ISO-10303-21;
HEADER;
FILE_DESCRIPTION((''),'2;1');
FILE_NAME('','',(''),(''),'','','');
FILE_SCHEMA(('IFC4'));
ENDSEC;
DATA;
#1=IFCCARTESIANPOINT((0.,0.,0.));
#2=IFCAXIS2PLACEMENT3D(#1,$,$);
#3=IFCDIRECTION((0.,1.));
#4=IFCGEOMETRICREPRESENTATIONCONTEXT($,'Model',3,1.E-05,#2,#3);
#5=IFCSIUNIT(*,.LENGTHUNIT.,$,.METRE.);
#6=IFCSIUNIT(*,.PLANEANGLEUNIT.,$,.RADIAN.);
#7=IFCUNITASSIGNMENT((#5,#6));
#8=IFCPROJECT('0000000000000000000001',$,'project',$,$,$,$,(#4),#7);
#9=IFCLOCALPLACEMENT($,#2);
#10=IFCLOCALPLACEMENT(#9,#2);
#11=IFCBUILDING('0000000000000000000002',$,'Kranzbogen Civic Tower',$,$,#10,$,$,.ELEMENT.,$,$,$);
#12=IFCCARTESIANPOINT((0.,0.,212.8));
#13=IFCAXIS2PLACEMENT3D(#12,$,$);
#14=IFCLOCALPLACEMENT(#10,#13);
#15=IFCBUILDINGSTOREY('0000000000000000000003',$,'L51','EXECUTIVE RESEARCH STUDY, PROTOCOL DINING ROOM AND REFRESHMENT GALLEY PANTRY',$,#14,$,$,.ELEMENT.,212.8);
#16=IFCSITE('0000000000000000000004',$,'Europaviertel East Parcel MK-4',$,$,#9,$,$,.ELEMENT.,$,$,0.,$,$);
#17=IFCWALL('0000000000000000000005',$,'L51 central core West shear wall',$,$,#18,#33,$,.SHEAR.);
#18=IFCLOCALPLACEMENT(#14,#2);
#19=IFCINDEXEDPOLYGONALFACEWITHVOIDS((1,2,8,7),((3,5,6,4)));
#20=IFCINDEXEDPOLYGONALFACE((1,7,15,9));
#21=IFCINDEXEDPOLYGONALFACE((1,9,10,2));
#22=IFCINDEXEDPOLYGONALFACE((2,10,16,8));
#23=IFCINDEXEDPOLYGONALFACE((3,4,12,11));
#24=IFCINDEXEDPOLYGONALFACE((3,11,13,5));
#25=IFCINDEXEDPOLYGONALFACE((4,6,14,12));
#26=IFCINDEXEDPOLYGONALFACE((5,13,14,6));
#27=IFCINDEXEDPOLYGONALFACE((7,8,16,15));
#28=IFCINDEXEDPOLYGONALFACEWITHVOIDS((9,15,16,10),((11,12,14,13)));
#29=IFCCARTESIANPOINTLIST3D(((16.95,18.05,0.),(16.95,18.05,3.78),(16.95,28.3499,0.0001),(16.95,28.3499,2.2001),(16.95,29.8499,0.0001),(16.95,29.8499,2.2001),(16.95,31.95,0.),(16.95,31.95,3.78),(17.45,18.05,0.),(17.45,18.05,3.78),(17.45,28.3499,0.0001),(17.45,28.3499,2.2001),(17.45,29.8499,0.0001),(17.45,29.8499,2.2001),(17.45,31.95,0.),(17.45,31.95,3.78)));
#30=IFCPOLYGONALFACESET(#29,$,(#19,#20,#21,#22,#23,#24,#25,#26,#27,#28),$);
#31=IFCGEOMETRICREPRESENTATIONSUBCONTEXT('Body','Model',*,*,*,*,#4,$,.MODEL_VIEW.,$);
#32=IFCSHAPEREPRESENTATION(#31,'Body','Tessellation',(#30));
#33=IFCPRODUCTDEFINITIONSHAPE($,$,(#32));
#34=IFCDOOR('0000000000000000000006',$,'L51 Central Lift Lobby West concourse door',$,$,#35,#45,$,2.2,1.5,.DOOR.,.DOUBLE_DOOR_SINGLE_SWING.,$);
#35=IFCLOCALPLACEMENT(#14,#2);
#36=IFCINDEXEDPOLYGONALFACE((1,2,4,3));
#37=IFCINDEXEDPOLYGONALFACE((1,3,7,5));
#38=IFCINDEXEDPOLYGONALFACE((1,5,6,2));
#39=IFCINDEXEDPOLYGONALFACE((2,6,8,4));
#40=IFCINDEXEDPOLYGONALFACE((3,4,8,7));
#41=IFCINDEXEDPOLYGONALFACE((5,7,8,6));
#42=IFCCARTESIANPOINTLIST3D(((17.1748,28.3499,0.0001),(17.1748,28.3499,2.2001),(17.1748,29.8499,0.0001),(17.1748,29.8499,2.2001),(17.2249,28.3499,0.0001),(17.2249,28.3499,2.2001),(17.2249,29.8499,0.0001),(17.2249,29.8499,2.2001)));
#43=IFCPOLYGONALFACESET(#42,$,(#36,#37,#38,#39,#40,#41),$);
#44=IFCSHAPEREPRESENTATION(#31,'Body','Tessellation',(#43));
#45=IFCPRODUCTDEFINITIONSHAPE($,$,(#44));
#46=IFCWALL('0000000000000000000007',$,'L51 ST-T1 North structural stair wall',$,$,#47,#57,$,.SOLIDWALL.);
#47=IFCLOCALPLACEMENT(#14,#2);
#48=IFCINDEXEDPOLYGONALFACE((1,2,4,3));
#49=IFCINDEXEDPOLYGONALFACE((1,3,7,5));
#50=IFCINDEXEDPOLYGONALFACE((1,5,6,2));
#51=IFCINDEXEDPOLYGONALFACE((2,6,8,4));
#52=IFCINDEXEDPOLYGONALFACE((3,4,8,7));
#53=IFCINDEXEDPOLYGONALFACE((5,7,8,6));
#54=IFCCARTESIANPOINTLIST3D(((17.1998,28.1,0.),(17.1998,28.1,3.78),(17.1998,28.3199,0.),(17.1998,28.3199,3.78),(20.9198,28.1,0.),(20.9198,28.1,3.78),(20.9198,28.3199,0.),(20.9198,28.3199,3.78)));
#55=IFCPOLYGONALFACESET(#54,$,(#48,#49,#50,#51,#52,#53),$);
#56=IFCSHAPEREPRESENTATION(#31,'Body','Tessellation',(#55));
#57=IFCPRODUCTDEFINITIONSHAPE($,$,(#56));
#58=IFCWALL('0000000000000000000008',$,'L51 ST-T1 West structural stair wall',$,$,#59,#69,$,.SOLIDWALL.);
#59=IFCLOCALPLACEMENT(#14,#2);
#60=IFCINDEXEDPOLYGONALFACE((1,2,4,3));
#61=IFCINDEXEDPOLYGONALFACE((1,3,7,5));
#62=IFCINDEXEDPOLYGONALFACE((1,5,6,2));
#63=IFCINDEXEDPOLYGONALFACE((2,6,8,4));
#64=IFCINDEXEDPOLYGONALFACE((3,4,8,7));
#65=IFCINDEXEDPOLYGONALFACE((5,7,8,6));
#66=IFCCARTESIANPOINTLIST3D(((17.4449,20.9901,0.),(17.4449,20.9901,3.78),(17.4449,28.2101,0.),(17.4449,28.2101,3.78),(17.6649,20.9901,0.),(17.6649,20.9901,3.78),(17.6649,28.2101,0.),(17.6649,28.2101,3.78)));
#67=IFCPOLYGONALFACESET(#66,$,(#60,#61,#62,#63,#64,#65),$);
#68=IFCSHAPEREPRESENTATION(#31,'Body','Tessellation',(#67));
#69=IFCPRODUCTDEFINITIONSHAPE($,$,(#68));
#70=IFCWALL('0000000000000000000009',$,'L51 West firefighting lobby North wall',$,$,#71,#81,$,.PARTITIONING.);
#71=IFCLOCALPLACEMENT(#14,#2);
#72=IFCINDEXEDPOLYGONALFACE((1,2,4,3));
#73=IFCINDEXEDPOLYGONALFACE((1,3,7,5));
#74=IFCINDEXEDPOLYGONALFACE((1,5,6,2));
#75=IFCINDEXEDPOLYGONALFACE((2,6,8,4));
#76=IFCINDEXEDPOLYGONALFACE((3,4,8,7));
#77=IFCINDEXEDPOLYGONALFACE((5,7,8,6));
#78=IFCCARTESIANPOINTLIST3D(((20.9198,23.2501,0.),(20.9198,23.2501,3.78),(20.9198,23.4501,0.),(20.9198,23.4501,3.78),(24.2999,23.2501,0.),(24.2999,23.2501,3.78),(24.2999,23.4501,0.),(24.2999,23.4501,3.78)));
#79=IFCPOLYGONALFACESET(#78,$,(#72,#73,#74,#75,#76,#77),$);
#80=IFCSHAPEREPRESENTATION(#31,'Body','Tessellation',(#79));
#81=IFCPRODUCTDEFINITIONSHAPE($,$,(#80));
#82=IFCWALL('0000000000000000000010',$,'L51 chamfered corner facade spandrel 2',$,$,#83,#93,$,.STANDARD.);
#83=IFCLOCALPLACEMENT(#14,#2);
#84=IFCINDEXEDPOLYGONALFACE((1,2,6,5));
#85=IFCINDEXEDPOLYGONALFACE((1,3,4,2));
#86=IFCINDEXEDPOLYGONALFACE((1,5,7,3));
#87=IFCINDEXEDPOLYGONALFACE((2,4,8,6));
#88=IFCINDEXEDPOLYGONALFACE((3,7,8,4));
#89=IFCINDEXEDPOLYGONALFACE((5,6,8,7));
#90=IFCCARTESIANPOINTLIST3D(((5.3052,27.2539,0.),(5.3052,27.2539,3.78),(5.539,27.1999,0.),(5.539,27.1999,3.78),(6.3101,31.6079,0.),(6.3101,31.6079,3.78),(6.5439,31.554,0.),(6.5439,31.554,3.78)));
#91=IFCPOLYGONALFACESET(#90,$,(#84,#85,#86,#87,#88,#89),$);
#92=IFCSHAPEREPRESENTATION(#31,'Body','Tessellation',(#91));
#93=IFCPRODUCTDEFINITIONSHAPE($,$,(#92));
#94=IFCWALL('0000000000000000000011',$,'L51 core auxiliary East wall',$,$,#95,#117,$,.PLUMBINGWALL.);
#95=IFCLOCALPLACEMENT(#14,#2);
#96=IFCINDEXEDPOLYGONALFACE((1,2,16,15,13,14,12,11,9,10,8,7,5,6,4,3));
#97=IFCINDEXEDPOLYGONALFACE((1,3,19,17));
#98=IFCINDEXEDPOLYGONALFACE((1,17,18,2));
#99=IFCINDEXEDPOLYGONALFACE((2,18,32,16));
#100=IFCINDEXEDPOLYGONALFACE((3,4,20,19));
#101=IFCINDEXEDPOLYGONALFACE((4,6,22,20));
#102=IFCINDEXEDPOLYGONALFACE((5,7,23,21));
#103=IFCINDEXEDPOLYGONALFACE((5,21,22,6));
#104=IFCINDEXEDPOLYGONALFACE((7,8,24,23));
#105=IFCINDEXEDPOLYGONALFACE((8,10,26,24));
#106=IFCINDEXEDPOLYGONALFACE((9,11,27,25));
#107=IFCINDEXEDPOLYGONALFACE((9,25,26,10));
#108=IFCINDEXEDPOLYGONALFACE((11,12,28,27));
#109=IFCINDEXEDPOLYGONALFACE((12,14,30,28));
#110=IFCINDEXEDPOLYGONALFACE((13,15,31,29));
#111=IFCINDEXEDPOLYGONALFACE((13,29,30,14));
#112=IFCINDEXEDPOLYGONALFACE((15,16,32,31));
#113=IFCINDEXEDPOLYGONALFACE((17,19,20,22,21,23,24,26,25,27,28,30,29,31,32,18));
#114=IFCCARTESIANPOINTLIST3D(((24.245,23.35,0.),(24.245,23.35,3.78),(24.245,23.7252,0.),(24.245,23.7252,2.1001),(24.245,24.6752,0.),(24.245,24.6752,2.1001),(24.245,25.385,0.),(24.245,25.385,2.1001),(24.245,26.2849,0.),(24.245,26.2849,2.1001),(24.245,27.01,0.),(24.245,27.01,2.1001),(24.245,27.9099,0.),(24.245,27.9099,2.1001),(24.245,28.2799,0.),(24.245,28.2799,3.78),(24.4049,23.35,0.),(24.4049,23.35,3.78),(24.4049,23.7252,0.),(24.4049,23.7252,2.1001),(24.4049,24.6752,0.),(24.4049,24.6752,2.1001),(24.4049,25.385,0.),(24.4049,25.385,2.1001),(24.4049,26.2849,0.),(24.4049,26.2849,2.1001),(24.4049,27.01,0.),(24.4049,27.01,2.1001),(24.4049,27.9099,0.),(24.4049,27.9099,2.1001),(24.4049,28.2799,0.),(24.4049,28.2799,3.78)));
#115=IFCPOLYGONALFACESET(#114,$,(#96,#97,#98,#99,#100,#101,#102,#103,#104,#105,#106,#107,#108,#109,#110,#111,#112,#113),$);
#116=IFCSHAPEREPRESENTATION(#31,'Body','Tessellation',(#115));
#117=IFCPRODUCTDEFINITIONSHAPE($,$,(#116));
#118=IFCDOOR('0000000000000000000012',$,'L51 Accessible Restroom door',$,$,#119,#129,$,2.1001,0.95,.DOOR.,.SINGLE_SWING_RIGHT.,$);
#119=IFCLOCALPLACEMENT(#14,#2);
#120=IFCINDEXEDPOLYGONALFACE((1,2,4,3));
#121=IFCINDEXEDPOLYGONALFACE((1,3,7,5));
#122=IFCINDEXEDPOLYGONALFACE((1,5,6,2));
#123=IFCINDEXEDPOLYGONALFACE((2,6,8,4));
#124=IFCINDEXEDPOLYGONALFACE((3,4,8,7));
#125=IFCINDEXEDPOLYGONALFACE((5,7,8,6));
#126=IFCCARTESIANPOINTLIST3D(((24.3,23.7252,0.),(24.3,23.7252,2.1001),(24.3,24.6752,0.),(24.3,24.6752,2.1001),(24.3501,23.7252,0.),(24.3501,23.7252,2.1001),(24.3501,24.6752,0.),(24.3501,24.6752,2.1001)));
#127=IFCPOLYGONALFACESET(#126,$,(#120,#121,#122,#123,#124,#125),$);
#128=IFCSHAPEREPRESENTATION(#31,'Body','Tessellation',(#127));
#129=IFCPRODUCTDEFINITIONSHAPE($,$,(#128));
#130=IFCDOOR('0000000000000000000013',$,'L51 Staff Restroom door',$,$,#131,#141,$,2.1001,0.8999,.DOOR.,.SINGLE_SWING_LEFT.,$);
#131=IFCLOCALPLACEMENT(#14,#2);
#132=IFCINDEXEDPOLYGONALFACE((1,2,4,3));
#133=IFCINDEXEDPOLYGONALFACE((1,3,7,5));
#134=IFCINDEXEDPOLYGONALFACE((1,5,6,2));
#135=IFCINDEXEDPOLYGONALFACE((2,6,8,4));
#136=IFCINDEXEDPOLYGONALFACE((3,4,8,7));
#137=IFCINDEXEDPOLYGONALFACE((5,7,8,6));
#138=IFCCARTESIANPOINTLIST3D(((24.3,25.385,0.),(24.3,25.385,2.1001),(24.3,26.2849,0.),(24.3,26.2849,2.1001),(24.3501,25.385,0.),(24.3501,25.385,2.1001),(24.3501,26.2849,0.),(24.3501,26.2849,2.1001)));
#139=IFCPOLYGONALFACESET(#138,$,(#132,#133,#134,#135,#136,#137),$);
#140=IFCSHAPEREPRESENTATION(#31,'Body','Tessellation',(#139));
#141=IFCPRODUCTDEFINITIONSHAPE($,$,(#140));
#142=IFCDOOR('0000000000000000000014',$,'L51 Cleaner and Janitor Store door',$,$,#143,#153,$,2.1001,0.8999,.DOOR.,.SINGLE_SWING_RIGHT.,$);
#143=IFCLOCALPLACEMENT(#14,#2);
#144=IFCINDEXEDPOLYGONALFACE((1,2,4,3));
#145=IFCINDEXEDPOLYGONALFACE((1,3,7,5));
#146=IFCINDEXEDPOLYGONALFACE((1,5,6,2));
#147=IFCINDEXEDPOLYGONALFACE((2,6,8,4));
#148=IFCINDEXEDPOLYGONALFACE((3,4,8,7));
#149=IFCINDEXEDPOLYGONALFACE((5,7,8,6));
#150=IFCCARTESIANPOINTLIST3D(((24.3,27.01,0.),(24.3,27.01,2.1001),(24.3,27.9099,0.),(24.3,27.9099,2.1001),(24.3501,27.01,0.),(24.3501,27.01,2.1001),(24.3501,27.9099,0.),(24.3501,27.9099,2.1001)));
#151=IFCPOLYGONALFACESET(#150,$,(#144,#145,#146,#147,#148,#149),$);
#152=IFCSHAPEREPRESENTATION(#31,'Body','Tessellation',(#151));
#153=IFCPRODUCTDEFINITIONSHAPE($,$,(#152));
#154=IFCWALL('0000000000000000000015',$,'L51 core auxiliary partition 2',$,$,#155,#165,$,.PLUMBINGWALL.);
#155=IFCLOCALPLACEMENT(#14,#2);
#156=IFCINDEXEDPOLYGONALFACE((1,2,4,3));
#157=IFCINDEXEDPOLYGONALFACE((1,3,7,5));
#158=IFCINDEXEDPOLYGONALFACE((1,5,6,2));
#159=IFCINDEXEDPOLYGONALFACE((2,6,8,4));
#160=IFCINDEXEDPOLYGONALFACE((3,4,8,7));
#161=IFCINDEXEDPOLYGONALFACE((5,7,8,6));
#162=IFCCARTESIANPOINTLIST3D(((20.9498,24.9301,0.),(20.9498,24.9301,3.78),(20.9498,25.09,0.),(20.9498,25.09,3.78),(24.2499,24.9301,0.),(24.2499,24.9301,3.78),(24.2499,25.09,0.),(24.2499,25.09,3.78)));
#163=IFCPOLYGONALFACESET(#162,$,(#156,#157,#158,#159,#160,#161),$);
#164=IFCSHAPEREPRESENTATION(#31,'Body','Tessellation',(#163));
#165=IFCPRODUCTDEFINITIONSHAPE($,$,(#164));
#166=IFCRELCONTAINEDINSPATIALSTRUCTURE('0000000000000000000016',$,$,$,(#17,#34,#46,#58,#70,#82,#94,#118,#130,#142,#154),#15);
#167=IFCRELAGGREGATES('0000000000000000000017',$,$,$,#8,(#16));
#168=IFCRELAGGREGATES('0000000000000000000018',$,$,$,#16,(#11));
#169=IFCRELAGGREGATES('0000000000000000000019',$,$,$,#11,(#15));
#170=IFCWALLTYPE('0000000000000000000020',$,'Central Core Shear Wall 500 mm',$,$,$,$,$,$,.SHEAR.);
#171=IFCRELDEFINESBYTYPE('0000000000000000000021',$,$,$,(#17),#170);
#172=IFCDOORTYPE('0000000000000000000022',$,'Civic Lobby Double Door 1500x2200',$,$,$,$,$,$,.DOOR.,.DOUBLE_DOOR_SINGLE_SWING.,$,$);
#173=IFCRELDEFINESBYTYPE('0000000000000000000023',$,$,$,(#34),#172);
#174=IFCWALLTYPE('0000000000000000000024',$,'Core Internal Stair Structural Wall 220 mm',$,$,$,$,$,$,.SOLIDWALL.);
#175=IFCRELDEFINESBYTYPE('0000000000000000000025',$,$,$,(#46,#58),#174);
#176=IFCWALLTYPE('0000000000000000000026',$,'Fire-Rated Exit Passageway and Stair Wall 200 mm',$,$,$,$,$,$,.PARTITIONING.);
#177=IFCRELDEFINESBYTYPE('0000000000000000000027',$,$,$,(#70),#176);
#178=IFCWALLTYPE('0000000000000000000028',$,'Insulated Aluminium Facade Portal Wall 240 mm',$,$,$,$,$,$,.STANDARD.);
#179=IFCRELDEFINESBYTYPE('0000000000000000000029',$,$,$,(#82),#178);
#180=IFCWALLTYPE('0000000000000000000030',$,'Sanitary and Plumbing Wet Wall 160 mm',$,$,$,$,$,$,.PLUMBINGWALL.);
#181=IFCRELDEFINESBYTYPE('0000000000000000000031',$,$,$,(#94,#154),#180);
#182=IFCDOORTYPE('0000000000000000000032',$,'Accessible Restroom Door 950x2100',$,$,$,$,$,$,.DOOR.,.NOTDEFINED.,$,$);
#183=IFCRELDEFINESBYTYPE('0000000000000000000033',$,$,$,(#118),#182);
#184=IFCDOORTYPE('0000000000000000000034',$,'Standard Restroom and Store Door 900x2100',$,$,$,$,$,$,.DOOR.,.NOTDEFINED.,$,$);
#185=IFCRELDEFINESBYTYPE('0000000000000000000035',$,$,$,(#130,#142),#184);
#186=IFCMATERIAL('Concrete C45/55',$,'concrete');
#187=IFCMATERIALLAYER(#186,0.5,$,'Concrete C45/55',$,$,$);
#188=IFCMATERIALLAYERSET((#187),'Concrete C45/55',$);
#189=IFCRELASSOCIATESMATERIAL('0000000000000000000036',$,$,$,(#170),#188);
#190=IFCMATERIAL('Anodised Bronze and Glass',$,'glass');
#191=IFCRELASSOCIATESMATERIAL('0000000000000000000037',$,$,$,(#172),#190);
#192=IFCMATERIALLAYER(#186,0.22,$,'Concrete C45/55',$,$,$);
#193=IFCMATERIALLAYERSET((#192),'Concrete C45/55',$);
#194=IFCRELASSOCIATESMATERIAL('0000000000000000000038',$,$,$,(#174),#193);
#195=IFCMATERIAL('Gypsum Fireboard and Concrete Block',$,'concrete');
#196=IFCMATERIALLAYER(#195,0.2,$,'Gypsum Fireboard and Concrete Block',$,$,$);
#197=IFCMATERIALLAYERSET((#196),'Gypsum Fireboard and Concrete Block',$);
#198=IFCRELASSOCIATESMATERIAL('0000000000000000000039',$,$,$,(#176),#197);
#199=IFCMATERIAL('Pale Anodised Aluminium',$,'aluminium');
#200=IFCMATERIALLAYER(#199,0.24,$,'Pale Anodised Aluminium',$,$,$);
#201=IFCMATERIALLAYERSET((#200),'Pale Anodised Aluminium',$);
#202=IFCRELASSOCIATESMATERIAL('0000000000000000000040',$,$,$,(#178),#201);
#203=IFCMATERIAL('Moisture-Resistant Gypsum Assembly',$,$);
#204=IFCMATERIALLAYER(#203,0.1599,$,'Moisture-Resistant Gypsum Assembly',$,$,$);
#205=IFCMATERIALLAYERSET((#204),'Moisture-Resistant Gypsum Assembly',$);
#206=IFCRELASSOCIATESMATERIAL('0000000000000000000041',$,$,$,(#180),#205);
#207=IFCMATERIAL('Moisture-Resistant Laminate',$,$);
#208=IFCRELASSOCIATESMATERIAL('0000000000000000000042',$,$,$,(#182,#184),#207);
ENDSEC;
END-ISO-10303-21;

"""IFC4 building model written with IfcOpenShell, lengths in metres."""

from ifc_helpers import new_model, si_unit, direction, frame, frame_2d, origin, place, context, subcontext, project, spatial, rectangle, extrude, material, layer, layer_set, type_object, element, fill, save


model = new_model("IFC4")

# Units and contexts
model_context = context("Model", 3, precision=1e-05, world=origin(), true_north=direction((0.0, 1.0)))
body_context = subcontext(model_context, "Body", "Model", "MODEL_VIEW")
ifc_project = project(units=[si_unit("LENGTHUNIT", "METRE"), si_unit("PLANEANGLEUNIT", "RADIAN")], contexts=[model_context])

# Site, building, storey
site_placement = place(None, origin())
site = spatial("IfcSite", under=ifc_project, at=site_placement, Name="Europaviertel East Parcel MK-4", CompositionType="ELEMENT", RefElevation=0.0)
building_placement = place(site_placement, origin())
building = spatial("IfcBuilding", under=site, at=building_placement, Name="Kranzbogen Civic Tower", CompositionType="ELEMENT")
storey_placement = place(building_placement, frame((0.0, 0.0, 212.8)))
storey = spatial("IfcBuildingStorey", under=building, at=storey_placement, Name="L51", Description="EXECUTIVE RESEARCH STUDY, PROTOCOL DINING ROOM AND REFRESHMENT GALLEY PANTRY", CompositionType="ELEMENT", Elevation=212.8)

# Shared definitions
ifc_material_1 = material(Name="Pale Anodised Aluminium", Category="aluminium")

# Wall, opening, door
ifc_material_2 = material(Name="Concrete C45/55", Category="concrete")
ifc_layer_1 = layer(ifc_material_2, 0.5, Name="Concrete C45/55")
ifc_layer_set_1 = layer_set([ifc_layer_1], Name="Concrete C45/55")
wall_type_1 = type_object("IfcWallType", Name="Central Core Shear Wall 500 mm", PredefinedType="SHEAR", material=ifc_layer_set_1)
wall_1_placement = place(storey_placement, frame((17.2, 31.95, 0.0), z_axis=(0.0, 0.0, 1.0), x_axis=(0.0, -1.0, 0.0)))
wall_1 = element("IfcWall", 1, at=wall_1_placement, inside=storey, type_object=wall_type_1, Name="L51 central core West shear wall", PredefinedType="SHEAR", context=body_context, shape_type="SweptSolid", body=[
    extrude(rectangle(XDim=13.8999, YDim=0.5, at=frame_2d((6.95, 0.0))), origin(), (0.0, 0.0, 1.0), 3.78),
])
opening_1_placement = place(wall_1_placement, frame((2.1001, 0.0, 0.0)))
opening_1 = element("IfcOpeningElement", 2, at=opening_1_placement, cuts=wall_1, PredefinedType="OPENING", context=body_context, shape_type="SweptSolid", body=[
    extrude(rectangle(XDim=1.5, YDim=2.2, at=frame_2d((0.75, 1.1001))), frame((0.0, 0.26, 0.0), z_axis=(0.0, -1.0, 0.0), x_axis=(1.0, 0.0, 0.0)), (0.0, 0.0, 1.0), 0.52),
])
ifc_material_3 = material(Name="Anodised Bronze and Glass", Category="glass")
door_type_1 = type_object("IfcDoorType", Name="Civic Lobby Double Door 1500x2200", OperationType="DOUBLE_DOOR_SINGLE_SWING", PredefinedType="DOOR", material=ifc_material_3)
door_1_placement = place(opening_1_placement, origin())
door_1 = element("IfcDoor", 3, at=door_1_placement, inside=storey, type_object=door_type_1, Name="L51 Central Lift Lobby West concourse door", OperationType="DOUBLE_DOOR_SINGLE_SWING", OverallHeight=2.2, OverallWidth=1.5, PredefinedType="DOOR", context=body_context, shape_type="SweptSolid", body=[
    extrude(rectangle(XDim=1.5, YDim=2.2, at=frame_2d((0.75, 1.1001))), frame((0.0, 0.0249, 0.0), z_axis=(0.0, -1.0, 0.0), x_axis=(1.0, 0.0, 0.0)), (0.0, 0.0, 1.0), 0.05),
])
fill(opening_1, door_1)

# Walls
ifc_layer_2 = layer(ifc_material_2, 0.22, Name="Concrete C45/55")
ifc_layer_set_2 = layer_set([ifc_layer_2], Name="Concrete C45/55")
wall_type_2 = type_object("IfcWallType", Name="Core Internal Stair Structural Wall 220 mm", PredefinedType="SOLIDWALL", material=ifc_layer_set_2)
wall_2_placement = place(storey_placement, frame((17.2, 28.21, 0.0), z_axis=(0.0, 0.0, 1.0), x_axis=(1.0, 0.0, 0.0)))
element("IfcWall", 4, at=wall_2_placement, inside=storey, type_object=wall_type_2, Name="L51 ST-T1 North structural stair wall", PredefinedType="SOLIDWALL", context=body_context, shape_type="SweptSolid", body=[
    extrude(rectangle(XDim=3.72, YDim=0.22, at=frame_2d((1.8599, 0.0))), origin(), (0.0, 0.0, 1.0), 3.78),
])
wall_3_placement = place(storey_placement, frame((17.5549, 28.21, 0.0), z_axis=(0.0, 0.0, 1.0), x_axis=(0.0, -1.0, 0.0)))
element("IfcWall", 5, at=wall_3_placement, inside=storey, type_object=wall_type_2, Name="L51 ST-T1 West structural stair wall", PredefinedType="SOLIDWALL", context=body_context, shape_type="SweptSolid", body=[
    extrude(rectangle(XDim=7.22, YDim=0.22, at=frame_2d((3.6099, 0.0))), origin(), (0.0, 0.0, 1.0), 3.78),
])
ifc_material_4 = material(Name="Gypsum Fireboard and Concrete Block", Category="concrete")
ifc_layer_3 = layer(ifc_material_4, 0.2, Name="Gypsum Fireboard and Concrete Block")
ifc_layer_set_3 = layer_set([ifc_layer_3], Name="Gypsum Fireboard and Concrete Block")
wall_type_3 = type_object("IfcWallType", Name="Fire-Rated Exit Passageway and Stair Wall 200 mm", PredefinedType="PARTITIONING", material=ifc_layer_set_3)
wall_4_placement = place(storey_placement, frame((20.9199, 23.3501, 0.0), z_axis=(0.0, 0.0, 1.0), x_axis=(1.0, 0.0, 0.0)))
element("IfcWall", 6, at=wall_4_placement, inside=storey, type_object=wall_type_3, Name="L51 West firefighting lobby North wall", PredefinedType="PARTITIONING", context=body_context, shape_type="SweptSolid", body=[
    extrude(rectangle(XDim=3.3801, YDim=0.2, at=frame_2d((1.6899, 0.0))), origin(), (0.0, 0.0, 1.0), 3.78),
])
ifc_layer_4 = layer(ifc_material_1, 0.24, Name="Pale Anodised Aluminium")
ifc_layer_set_4 = layer_set([ifc_layer_4], Name="Pale Anodised Aluminium")
wall_type_4 = type_object("IfcWallType", Name="Insulated Aluminium Facade Portal Wall 240 mm", PredefinedType="STANDARD", material=ifc_layer_set_4)
wall_5_placement = place(storey_placement, frame((6.427, 31.5811, 0.0), z_axis=(0.0, 0.0, 1.0), x_axis=(-0.224883, -0.974386, 0.0)))
element("IfcWall", 7, at=wall_5_placement, inside=storey, type_object=wall_type_4, Name="L51 chamfered corner facade spandrel 2", PredefinedType="STANDARD", context=body_context, shape_type="SweptSolid", body=[
    extrude(rectangle(XDim=4.4685, YDim=0.24, at=frame_2d((2.2344, 0.0))), origin(), (0.0, 0.0, 1.0), 3.78),
])

# Wall, openings, doors
ifc_material_5 = material(Name="Moisture-Resistant Gypsum Assembly")
ifc_layer_5 = layer(ifc_material_5, 0.1599, Name="Moisture-Resistant Gypsum Assembly")
ifc_layer_set_5 = layer_set([ifc_layer_5], Name="Moisture-Resistant Gypsum Assembly")
wall_type_5 = type_object("IfcWallType", Name="Sanitary and Plumbing Wet Wall 160 mm", PredefinedType="PLUMBINGWALL", material=ifc_layer_set_5)
wall_6_placement = place(storey_placement, frame((24.325, 23.3501, 0.0), z_axis=(0.0, 0.0, 1.0), x_axis=(0.0, 1.0, 0.0)))
wall_6 = element("IfcWall", 8, at=wall_6_placement, inside=storey, type_object=wall_type_5, Name="L51 core auxiliary East wall", PredefinedType="PLUMBINGWALL", context=body_context, shape_type="SweptSolid", body=[
    extrude(rectangle(XDim=4.9299, YDim=0.1599, at=frame_2d((2.4648, 0.0))), origin(), (0.0, 0.0, 1.0), 3.78),
])
opening_2_placement = place(wall_6_placement, frame((0.375, 0.0, 0.0)))
opening_2 = element("IfcOpeningElement", 9, at=opening_2_placement, cuts=wall_6, PredefinedType="OPENING", context=body_context, shape_type="SweptSolid", body=[
    extrude(rectangle(XDim=0.95, YDim=2.1001, at=frame_2d((0.4751, 1.05))), frame((0.0, 0.0898, 0.0), z_axis=(0.0, -1.0, 0.0), x_axis=(1.0, 0.0, 0.0)), (0.0, 0.0, 1.0), 0.1799),
])
opening_3_placement = place(wall_6_placement, frame((2.0349, 0.0, 0.0)))
opening_3 = element("IfcOpeningElement", 10, at=opening_3_placement, cuts=wall_6, PredefinedType="OPENING", context=body_context, shape_type="SweptSolid", body=[
    extrude(rectangle(XDim=0.8999, YDim=2.1001, at=frame_2d((0.45, 1.05))), frame((0.0, 0.0898, 0.0), z_axis=(0.0, -1.0, 0.0), x_axis=(1.0, 0.0, 0.0)), (0.0, 0.0, 1.0), 0.1799),
])
opening_4_placement = place(wall_6_placement, frame((3.6599, 0.0, 0.0)))
opening_4 = element("IfcOpeningElement", 11, at=opening_4_placement, cuts=wall_6, PredefinedType="OPENING", context=body_context, shape_type="SweptSolid", body=[
    extrude(rectangle(XDim=0.8999, YDim=2.1001, at=frame_2d((0.45, 1.05))), frame((0.0, 0.0898, 0.0), z_axis=(0.0, -1.0, 0.0), x_axis=(1.0, 0.0, 0.0)), (0.0, 0.0, 1.0), 0.1799),
])
ifc_material_6 = material(Name="Moisture-Resistant Laminate")
door_type_2 = type_object("IfcDoorType", Name="Accessible Restroom Door 950x2100", OperationType="NOTDEFINED", PredefinedType="DOOR", material=ifc_material_6)
door_2_placement = place(opening_2_placement, origin())
door_2 = element("IfcDoor", 12, at=door_2_placement, inside=storey, type_object=door_type_2, Name="L51 Accessible Restroom door", OperationType="SINGLE_SWING_RIGHT", OverallHeight=2.1001, OverallWidth=0.95, PredefinedType="DOOR", context=body_context, shape_type="SweptSolid", body=[
    extrude(rectangle(XDim=0.95, YDim=2.1001, at=frame_2d((0.4751, 1.05))), frame((0.0, 0.0249, 0.0), z_axis=(0.0, -1.0, 0.0), x_axis=(1.0, 0.0, 0.0)), (0.0, 0.0, 1.0), 0.05),
])
fill(opening_2, door_2)
door_type_3 = type_object("IfcDoorType", Name="Standard Restroom and Store Door 900x2100", OperationType="NOTDEFINED", PredefinedType="DOOR", material=ifc_material_6)
door_3_placement = place(opening_3_placement, origin())
door_3 = element("IfcDoor", 13, at=door_3_placement, inside=storey, type_object=door_type_3, Name="L51 Staff Restroom door", OperationType="SINGLE_SWING_LEFT", OverallHeight=2.1001, OverallWidth=0.8999, PredefinedType="DOOR", context=body_context, shape_type="SweptSolid", body=[
    extrude(rectangle(XDim=0.8999, YDim=2.1001, at=frame_2d((0.45, 1.05))), frame((0.0, 0.0249, 0.0), z_axis=(0.0, -1.0, 0.0), x_axis=(1.0, 0.0, 0.0)), (0.0, 0.0, 1.0), 0.05),
])
fill(opening_3, door_3)
door_4_placement = place(opening_4_placement, origin())
door_4 = element("IfcDoor", 14, at=door_4_placement, inside=storey, type_object=door_type_3, Name="L51 Cleaner and Janitor Store door", OperationType="SINGLE_SWING_RIGHT", OverallHeight=2.1001, OverallWidth=0.8999, PredefinedType="DOOR", context=body_context, shape_type="SweptSolid", body=[
    extrude(rectangle(XDim=0.8999, YDim=2.1001, at=frame_2d((0.45, 1.05))), frame((0.0, 0.0249, 0.0), z_axis=(0.0, -1.0, 0.0), x_axis=(1.0, 0.0, 0.0)), (0.0, 0.0, 1.0), 0.05),
])
fill(opening_4, door_4)

# Wall
wall_7_placement = place(storey_placement, frame((20.95, 25.01, 0.0), z_axis=(0.0, 0.0, 1.0), x_axis=(1.0, 0.0, 0.0)))
element("IfcWall", 15, at=wall_7_placement, inside=storey, type_object=wall_type_5, Name="L51 core auxiliary partition 2", PredefinedType="PLUMBINGWALL", context=body_context, shape_type="SweptSolid", body=[
    extrude(rectangle(XDim=3.3, YDim=0.1599, at=frame_2d((1.6499, 0.0))), origin(), (0.0, 0.0, 1.0), 3.78),
])

save(model, "model.ifc")
